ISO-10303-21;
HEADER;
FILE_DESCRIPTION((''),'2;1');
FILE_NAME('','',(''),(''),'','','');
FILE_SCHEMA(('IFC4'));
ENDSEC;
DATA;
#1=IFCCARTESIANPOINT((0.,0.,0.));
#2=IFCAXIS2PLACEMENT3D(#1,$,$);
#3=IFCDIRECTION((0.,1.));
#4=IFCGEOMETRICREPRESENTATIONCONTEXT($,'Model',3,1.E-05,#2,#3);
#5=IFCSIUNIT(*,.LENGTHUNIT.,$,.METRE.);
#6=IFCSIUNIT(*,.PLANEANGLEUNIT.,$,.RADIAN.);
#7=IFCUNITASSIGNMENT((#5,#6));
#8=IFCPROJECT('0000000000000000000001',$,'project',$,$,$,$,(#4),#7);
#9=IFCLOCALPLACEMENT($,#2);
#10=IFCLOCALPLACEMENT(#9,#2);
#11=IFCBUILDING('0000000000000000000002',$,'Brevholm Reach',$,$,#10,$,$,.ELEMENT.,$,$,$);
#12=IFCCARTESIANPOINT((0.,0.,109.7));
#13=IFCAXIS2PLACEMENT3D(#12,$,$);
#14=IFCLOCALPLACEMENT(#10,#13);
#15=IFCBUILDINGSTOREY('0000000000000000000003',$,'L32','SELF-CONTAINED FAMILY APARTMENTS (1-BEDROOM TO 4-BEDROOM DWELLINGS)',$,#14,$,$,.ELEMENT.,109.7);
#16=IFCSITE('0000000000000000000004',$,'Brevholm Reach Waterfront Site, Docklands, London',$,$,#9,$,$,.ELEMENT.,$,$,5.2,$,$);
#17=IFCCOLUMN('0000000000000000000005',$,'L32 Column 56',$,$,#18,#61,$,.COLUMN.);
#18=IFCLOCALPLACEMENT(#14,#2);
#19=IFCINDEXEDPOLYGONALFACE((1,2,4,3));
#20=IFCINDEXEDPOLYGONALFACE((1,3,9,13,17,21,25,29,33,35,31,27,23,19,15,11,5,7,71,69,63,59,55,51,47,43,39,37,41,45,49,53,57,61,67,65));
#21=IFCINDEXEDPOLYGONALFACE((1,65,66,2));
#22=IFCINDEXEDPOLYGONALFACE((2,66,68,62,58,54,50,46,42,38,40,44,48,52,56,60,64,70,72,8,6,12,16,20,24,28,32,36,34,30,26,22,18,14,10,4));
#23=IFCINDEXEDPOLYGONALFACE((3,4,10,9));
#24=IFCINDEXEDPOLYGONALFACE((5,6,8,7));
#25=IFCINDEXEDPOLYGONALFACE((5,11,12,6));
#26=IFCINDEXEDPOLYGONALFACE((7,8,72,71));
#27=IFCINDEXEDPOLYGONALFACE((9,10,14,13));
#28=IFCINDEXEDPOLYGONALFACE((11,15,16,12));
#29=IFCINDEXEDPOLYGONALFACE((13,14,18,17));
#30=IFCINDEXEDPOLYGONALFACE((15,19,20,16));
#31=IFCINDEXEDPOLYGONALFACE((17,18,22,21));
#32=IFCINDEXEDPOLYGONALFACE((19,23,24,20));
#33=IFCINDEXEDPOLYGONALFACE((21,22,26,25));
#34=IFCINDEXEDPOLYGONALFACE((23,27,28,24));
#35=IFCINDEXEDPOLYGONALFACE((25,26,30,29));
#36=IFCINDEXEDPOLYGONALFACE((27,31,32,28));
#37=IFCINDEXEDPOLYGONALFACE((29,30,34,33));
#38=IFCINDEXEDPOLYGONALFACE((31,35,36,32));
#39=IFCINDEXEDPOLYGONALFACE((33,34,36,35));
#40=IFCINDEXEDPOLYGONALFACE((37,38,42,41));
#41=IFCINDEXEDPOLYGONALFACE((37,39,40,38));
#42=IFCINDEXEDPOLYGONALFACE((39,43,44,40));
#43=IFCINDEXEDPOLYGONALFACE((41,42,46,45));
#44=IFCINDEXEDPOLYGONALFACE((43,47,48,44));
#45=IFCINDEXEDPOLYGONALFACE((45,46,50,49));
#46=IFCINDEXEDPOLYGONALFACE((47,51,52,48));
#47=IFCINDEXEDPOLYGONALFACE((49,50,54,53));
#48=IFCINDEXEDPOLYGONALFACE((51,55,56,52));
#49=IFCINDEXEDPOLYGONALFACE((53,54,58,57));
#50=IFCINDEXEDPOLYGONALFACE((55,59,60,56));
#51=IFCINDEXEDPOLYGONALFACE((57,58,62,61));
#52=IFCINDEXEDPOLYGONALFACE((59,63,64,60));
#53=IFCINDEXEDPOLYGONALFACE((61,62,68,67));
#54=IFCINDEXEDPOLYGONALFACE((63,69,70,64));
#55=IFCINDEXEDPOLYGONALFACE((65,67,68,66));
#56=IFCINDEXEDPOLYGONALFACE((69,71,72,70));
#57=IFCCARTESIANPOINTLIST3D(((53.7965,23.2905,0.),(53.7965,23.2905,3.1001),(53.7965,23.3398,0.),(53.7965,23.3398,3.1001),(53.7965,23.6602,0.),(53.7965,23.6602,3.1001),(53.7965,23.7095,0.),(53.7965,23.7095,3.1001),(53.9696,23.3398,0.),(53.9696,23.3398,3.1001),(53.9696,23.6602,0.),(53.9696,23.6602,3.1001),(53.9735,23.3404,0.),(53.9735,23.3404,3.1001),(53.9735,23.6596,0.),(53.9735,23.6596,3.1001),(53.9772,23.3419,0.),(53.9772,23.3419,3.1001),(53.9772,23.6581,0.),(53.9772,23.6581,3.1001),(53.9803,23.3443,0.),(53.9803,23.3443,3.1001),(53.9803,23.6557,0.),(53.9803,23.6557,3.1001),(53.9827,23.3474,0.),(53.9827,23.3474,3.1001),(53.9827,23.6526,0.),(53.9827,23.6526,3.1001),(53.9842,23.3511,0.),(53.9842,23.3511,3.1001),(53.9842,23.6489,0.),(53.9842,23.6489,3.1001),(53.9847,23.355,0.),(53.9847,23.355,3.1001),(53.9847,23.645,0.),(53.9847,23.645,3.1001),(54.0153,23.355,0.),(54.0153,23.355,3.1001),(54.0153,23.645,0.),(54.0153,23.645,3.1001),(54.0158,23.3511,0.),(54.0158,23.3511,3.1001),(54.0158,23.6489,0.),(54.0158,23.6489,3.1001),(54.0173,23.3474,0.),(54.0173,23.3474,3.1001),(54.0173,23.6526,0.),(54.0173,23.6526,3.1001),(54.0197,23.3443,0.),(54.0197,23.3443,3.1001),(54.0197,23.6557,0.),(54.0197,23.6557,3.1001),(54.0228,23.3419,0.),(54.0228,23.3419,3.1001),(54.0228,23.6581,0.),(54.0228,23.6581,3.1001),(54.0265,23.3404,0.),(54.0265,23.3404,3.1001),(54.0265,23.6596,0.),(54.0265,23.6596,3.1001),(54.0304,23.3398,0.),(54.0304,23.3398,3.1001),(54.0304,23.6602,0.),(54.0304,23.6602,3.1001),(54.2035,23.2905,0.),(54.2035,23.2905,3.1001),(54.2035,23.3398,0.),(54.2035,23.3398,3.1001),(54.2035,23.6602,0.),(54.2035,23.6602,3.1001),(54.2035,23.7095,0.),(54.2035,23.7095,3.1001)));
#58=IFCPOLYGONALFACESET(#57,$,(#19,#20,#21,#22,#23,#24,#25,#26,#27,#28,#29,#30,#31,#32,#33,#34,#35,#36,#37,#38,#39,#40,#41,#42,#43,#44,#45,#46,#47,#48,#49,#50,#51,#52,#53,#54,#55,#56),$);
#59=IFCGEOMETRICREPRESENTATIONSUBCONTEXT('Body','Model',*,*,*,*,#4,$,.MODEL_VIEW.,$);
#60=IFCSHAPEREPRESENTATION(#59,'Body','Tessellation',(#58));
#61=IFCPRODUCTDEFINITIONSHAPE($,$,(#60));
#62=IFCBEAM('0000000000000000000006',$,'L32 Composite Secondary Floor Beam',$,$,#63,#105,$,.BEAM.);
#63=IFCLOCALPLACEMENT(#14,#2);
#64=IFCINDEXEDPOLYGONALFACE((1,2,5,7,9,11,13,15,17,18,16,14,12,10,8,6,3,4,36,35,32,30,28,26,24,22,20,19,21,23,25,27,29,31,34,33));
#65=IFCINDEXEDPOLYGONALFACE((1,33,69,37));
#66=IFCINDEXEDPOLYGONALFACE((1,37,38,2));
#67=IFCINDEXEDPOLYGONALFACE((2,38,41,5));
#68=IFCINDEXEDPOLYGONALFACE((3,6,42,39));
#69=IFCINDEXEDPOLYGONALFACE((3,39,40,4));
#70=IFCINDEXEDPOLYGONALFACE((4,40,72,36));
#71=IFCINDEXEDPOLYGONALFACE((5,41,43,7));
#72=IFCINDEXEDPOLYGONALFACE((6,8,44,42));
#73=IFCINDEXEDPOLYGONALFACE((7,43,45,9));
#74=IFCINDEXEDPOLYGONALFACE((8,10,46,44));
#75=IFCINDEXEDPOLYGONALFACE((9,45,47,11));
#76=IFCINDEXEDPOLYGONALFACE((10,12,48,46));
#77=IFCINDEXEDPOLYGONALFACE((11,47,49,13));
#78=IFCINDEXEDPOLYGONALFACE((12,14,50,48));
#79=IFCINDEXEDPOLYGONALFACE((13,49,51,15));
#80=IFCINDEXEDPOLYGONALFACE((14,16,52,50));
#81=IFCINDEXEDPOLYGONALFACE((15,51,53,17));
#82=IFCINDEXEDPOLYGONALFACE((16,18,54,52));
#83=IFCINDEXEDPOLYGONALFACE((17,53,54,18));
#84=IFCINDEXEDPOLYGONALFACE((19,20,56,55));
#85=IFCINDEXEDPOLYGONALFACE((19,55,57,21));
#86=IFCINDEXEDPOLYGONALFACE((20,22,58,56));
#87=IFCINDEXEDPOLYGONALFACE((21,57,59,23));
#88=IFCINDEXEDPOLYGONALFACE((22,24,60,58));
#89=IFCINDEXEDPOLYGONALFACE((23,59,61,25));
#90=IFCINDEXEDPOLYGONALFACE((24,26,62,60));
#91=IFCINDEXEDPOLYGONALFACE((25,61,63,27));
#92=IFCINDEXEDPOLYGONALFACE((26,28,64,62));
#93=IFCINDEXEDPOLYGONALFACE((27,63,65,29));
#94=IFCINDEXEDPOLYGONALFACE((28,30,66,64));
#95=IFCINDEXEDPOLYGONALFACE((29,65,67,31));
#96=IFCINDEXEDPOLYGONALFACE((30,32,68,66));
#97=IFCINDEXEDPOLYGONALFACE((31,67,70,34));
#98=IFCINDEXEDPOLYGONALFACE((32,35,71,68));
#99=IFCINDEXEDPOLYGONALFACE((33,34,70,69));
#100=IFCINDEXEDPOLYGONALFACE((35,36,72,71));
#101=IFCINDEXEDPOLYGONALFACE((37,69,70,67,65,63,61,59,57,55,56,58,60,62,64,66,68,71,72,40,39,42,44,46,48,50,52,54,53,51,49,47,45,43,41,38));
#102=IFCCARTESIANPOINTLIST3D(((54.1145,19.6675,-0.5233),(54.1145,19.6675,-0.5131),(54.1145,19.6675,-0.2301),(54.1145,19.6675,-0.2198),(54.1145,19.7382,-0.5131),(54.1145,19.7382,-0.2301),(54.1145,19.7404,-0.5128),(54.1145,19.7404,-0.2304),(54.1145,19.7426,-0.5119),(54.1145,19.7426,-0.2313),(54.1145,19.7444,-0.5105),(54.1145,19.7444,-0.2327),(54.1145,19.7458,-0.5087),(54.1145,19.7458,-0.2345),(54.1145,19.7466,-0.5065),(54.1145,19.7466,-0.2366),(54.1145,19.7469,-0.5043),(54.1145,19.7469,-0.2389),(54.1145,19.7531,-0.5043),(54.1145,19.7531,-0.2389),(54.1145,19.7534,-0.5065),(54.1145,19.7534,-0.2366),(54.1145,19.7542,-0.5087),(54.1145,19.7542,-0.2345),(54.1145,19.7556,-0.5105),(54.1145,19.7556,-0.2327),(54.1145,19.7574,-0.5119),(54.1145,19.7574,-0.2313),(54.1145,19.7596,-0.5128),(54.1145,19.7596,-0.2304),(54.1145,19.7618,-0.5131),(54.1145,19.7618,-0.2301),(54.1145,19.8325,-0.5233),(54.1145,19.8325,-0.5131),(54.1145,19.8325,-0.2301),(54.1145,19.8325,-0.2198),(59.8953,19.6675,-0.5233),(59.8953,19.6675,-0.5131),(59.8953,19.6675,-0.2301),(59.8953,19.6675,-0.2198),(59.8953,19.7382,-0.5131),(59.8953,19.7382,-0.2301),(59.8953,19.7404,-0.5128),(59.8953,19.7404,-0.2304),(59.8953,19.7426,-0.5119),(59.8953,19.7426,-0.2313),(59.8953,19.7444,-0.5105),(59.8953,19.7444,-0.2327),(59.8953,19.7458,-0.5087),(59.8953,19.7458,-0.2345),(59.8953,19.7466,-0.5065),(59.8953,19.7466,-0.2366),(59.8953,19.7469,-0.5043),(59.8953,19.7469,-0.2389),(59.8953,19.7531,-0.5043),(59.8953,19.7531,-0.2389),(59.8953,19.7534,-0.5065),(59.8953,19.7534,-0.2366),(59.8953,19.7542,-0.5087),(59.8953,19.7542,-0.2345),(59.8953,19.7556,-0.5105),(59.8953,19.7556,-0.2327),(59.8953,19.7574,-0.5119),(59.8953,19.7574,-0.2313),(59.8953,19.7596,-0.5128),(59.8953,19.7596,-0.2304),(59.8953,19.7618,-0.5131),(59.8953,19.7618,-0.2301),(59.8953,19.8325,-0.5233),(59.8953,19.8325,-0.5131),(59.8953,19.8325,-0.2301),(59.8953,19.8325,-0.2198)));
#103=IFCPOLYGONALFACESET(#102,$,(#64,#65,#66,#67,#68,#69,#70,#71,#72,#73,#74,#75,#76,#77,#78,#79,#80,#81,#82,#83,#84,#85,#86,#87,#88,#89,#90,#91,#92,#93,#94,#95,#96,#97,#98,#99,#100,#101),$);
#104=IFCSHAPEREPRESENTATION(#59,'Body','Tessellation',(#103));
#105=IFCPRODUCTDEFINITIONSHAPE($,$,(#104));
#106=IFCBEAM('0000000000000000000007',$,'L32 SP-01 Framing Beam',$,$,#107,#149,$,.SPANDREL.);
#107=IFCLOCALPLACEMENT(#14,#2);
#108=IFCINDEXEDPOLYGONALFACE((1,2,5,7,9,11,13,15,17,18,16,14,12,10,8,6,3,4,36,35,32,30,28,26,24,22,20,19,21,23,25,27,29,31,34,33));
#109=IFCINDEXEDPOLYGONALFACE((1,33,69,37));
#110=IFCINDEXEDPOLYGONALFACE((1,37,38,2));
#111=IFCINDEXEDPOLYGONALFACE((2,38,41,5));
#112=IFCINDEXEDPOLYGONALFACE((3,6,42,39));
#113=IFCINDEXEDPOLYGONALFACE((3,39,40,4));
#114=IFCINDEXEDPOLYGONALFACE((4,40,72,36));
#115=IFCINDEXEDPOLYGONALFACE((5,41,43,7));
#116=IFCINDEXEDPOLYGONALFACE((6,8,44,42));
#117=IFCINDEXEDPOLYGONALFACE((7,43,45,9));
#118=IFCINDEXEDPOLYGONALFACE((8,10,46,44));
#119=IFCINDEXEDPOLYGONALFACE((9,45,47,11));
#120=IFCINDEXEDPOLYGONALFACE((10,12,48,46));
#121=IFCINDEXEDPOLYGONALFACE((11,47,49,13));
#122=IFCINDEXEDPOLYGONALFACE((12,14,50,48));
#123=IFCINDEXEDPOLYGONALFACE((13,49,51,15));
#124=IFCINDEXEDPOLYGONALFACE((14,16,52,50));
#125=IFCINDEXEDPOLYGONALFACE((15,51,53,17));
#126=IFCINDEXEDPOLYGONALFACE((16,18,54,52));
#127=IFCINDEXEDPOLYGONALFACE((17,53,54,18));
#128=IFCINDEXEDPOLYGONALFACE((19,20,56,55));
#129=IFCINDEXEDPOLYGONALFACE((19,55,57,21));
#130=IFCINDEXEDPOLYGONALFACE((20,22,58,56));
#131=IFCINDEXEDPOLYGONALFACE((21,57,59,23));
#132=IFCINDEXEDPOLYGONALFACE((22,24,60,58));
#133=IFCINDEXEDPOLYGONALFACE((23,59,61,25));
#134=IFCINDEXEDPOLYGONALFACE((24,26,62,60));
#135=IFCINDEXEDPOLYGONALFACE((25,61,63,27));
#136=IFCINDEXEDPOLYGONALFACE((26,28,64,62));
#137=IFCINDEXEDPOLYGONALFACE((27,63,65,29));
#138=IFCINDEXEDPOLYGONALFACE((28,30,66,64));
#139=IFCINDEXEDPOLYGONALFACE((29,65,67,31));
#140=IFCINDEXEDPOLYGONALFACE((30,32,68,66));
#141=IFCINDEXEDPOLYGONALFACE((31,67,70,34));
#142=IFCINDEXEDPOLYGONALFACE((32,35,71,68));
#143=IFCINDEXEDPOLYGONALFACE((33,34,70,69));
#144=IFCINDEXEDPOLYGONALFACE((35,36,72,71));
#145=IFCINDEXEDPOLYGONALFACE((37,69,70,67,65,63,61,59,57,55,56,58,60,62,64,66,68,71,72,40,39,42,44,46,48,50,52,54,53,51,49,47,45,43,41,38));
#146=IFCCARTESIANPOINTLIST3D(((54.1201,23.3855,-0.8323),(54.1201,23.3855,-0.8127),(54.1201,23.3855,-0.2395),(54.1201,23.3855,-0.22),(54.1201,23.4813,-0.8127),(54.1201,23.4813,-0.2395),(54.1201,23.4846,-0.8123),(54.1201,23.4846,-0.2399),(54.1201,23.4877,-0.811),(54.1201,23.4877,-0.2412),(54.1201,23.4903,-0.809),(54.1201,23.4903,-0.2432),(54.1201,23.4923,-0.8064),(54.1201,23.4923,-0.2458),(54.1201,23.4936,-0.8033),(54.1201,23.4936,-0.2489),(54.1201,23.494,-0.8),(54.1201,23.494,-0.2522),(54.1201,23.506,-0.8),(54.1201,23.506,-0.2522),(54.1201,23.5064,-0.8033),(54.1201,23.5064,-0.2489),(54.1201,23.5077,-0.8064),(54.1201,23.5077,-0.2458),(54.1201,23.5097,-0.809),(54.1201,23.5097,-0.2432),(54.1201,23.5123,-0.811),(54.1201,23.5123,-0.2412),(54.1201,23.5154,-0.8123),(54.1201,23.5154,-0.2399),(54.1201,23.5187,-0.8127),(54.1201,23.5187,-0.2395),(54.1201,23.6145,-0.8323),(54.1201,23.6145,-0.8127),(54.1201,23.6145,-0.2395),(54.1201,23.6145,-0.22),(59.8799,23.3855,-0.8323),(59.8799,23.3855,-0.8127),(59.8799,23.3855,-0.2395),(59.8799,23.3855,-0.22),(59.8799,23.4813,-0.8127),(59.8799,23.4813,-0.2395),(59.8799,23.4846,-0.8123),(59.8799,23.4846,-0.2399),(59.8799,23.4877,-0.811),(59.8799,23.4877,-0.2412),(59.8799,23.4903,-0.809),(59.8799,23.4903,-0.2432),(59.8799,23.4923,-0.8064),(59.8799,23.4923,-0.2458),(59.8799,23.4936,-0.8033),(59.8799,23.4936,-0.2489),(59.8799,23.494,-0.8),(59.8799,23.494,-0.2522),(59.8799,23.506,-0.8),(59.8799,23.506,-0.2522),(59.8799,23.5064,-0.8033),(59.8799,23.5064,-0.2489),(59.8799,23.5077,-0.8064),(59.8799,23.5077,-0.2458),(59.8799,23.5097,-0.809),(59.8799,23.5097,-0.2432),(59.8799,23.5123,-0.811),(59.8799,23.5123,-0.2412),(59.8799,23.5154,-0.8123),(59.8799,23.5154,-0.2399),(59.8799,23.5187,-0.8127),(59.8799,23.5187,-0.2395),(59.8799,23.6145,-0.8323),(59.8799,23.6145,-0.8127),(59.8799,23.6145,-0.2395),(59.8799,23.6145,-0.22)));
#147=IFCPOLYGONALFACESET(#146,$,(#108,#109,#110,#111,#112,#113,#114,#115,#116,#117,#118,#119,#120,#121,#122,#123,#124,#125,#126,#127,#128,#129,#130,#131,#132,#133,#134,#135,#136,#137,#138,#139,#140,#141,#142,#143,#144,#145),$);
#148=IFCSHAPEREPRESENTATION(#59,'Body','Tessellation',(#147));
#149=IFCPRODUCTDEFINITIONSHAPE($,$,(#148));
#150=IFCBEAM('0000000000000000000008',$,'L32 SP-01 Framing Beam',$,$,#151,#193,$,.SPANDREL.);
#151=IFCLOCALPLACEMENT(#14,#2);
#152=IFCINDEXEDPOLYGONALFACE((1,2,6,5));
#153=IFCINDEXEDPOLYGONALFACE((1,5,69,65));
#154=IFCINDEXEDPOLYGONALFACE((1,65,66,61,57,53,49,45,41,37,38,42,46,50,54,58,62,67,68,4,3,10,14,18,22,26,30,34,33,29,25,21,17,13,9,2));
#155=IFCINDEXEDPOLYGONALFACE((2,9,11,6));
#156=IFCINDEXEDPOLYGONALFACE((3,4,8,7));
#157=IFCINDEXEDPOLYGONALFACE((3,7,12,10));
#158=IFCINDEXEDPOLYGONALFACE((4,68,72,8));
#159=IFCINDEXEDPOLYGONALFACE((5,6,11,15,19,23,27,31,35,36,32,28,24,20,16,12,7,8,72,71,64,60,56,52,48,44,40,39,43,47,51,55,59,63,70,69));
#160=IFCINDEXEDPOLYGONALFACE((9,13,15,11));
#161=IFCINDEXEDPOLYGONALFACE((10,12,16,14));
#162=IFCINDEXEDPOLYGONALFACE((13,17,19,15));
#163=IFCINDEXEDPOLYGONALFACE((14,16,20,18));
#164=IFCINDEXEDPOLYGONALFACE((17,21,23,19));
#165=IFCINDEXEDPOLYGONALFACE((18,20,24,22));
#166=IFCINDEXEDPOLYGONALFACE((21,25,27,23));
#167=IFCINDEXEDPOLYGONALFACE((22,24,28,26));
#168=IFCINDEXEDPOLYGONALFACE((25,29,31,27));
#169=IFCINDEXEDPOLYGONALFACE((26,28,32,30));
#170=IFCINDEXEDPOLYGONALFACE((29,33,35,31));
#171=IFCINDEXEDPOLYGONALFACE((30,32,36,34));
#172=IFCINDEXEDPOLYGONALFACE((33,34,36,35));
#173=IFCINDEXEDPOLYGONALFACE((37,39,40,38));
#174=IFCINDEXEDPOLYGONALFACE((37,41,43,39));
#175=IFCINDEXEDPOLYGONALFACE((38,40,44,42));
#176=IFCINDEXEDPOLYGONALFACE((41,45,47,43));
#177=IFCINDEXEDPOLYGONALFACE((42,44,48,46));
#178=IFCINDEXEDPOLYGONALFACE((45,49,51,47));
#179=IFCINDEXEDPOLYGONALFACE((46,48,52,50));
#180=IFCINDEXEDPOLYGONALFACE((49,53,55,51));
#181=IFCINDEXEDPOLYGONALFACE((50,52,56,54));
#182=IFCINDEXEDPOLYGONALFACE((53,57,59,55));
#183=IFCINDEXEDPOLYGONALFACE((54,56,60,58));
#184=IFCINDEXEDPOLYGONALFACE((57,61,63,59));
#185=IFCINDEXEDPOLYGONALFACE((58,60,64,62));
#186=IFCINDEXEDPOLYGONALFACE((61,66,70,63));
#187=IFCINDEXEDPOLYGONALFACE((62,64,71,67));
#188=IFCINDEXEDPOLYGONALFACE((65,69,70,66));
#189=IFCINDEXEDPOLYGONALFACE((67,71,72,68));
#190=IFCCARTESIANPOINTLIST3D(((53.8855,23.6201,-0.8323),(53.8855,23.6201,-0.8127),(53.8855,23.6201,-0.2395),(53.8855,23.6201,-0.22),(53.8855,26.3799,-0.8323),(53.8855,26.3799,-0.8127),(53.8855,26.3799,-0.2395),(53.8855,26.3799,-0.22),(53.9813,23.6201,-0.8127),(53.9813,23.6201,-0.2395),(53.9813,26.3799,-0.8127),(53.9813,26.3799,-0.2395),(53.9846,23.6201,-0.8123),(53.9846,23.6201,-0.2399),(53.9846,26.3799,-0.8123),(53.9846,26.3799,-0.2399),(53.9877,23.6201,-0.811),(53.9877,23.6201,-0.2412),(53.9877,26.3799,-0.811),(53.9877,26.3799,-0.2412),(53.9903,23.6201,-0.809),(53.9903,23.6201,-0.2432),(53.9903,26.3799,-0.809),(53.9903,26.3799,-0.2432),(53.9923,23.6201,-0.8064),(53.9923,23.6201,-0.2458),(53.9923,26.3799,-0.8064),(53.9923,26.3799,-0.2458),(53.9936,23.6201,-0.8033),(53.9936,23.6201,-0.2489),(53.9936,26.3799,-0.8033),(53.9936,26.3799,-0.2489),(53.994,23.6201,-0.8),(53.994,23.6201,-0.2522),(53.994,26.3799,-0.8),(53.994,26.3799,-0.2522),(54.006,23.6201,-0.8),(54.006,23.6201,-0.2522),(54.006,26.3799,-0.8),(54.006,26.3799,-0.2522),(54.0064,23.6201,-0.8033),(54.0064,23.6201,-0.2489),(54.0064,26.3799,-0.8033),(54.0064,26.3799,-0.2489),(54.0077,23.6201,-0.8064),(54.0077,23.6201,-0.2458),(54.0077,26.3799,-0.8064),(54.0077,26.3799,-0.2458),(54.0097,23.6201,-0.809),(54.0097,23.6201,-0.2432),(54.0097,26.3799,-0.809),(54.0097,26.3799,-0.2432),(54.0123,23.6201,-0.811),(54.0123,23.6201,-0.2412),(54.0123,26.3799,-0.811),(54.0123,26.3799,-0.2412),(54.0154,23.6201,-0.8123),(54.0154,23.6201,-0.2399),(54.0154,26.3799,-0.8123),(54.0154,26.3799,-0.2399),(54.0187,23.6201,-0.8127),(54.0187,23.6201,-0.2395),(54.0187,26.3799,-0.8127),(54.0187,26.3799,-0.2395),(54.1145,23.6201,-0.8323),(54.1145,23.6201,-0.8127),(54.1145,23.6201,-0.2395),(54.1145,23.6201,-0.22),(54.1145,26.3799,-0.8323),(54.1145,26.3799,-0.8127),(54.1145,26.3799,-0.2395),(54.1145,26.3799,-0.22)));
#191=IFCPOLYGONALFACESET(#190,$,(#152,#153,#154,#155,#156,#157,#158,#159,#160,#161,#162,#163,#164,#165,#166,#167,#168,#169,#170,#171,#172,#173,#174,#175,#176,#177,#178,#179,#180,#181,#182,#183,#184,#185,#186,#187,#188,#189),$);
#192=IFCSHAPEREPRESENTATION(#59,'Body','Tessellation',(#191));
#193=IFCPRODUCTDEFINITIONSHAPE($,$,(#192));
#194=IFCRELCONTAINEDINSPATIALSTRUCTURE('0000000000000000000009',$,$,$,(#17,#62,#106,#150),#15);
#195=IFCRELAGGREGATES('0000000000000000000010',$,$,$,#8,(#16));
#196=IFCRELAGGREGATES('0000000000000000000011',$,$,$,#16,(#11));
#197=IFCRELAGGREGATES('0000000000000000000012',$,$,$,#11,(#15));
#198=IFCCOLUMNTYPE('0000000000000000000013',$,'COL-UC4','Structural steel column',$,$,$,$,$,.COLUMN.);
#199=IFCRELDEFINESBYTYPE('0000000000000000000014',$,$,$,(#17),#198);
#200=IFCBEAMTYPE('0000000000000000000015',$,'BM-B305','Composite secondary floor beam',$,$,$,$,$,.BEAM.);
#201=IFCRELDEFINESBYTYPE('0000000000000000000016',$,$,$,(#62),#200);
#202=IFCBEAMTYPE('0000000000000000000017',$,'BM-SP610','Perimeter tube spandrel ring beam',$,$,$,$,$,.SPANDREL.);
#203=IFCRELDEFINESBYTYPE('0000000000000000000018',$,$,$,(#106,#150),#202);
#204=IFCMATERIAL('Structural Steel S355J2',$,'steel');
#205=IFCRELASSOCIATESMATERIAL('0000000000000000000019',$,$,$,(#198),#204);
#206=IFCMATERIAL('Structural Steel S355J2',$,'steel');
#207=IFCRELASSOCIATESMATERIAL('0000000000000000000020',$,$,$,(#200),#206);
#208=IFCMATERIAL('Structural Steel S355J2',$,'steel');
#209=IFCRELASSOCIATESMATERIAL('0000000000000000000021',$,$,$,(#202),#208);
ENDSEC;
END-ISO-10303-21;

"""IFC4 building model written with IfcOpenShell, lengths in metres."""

from ifc_helpers import new_model, si_unit, direction, frame, origin, origin_2d, place, context, subcontext, project, spatial, i_section, extrude, material, material_profile, profile_set, type_object, element, save


model = new_model("IFC4")

# Units and contexts
model_context = context("Model", 3, precision=1e-05, world=origin(), true_north=direction((0.0, 1.0)))
body_context = subcontext(model_context, "Body", "Model", "MODEL_VIEW")
ifc_project = project(units=[si_unit("LENGTHUNIT", "METRE"), si_unit("PLANEANGLEUNIT", "RADIAN")], contexts=[model_context])

# Site, building, storey
site_placement = place(None, origin())
site = spatial("IfcSite", under=ifc_project, at=site_placement, Name="Brevholm Reach Waterfront Site, Docklands, London", CompositionType="ELEMENT", RefElevation=5.2)
building_placement = place(site_placement, origin())
building = spatial("IfcBuilding", under=site, at=building_placement, Name="Brevholm Reach", CompositionType="ELEMENT")
storey_placement = place(building_placement, frame((0.0, 0.0, 109.7)))
storey = spatial("IfcBuildingStorey", under=building, at=storey_placement, Name="L32", Description="SELF-CONTAINED FAMILY APARTMENTS (1-BEDROOM TO 4-BEDROOM DWELLINGS)", CompositionType="ELEMENT", Elevation=109.7)

# Column
ifc_material_1 = material(Name="Structural Steel S355J2", Category="steel")
ifc_material_profile_1 = material_profile(ifc_material_1, i_section(OverallWidth=0.407, OverallDepth=0.4189, WebThickness=0.0305, FlangeThickness=0.0493, FilletRadius=0.0151, at=origin_2d()), Name="UKC 356x406x393")
ifc_profile_set_1 = profile_set([ifc_material_profile_1], Name="Structural Steel S355J2")
column_type = type_object("IfcColumnType", Name="COL-UC4", Description="Structural steel column", PredefinedType="COLUMN", material=ifc_profile_set_1)
column_placement = place(storey_placement, frame((54.0, 23.5, 0.0), z_axis=(0.0, 0.0, 1.0), x_axis=(1.0, 0.0, 0.0)))
element("IfcColumn", 1, at=column_placement, inside=storey, type_object=column_type, Name="L32 Column 56", PredefinedType="COLUMN", context=body_context, shape_type="SweptSolid", body=[
    extrude(i_section(OverallWidth=0.407, OverallDepth=0.4189, WebThickness=0.0305, FlangeThickness=0.0493, FilletRadius=0.0151, at=origin_2d()), origin(), (0.0, 0.0, 1.0), 3.1001),
])

# Beams
ifc_material_2 = material(Name="Structural Steel S355J2", Category="steel")
ifc_material_profile_2 = material_profile(ifc_material_2, i_section(OverallWidth=0.165, OverallDepth=0.3035, WebThickness=0.0061, FlangeThickness=0.0103, FilletRadius=0.0088, at=origin_2d()), Name="UKB 305x165x40")
ifc_profile_set_2 = profile_set([ifc_material_profile_2], Name="Structural Steel S355J2")
beam_type_1 = type_object("IfcBeamType", Name="BM-B305", Description="Composite secondary floor beam", PredefinedType="BEAM", material=ifc_profile_set_2)
beam_1_placement = place(storey_placement, frame((54.1145, 19.75, -0.3716), z_axis=(1.0, 0.0, 0.0), x_axis=(0.0, 1.0, 0.0)))
element("IfcBeam", 2, at=beam_1_placement, inside=storey, type_object=beam_type_1, Name="L32 Composite Secondary Floor Beam", PredefinedType="BEAM", context=body_context, shape_type="SweptSolid", body=[
    extrude(i_section(OverallWidth=0.165, OverallDepth=0.3035, WebThickness=0.0061, FlangeThickness=0.0103, FilletRadius=0.0088, at=origin_2d()), origin(), (0.0, 0.0, 1.0), 5.7808),
])
ifc_material_3 = material(Name="Structural Steel S355J2", Category="steel")
ifc_material_profile_3 = material_profile(ifc_material_3, i_section(OverallWidth=0.229, OverallDepth=0.6123, WebThickness=0.012, FlangeThickness=0.0195, FilletRadius=0.0127, at=origin_2d()), Name="UKB 610x229x125")
ifc_profile_set_3 = profile_set([ifc_material_profile_3], Name="Structural Steel S355J2")
beam_type_2 = type_object("IfcBeamType", Name="BM-SP610", Description="Perimeter tube spandrel ring beam", PredefinedType="SPANDREL", material=ifc_profile_set_3)
beam_2_placement = place(storey_placement, frame((54.1201, 23.5, -0.5261), z_axis=(1.0, 0.0, 0.0), x_axis=(0.0, 1.0, 0.0)))
element("IfcBeam", 3, at=beam_2_placement, inside=storey, type_object=beam_type_2, Name="L32 SP-01 Framing Beam", PredefinedType="SPANDREL", context=body_context, shape_type="SweptSolid", body=[
    extrude(i_section(OverallWidth=0.229, OverallDepth=0.6123, WebThickness=0.012, FlangeThickness=0.0195, FilletRadius=0.0127, at=origin_2d()), origin(), (0.0, 0.0, 1.0), 5.7598),
])
beam_3_placement = place(storey_placement, frame((54.0, 23.6201, -0.5261), z_axis=(0.0, 1.0, 0.0), x_axis=(-1.0, 0.0, 0.0)))
element("IfcBeam", 4, at=beam_3_placement, inside=storey, type_object=beam_type_2, Name="L32 SP-01 Framing Beam", PredefinedType="SPANDREL", context=body_context, shape_type="SweptSolid", body=[
    extrude(i_section(OverallWidth=0.229, OverallDepth=0.6123, WebThickness=0.012, FlangeThickness=0.0195, FilletRadius=0.0127, at=origin_2d()), origin(), (0.0, 0.0, 1.0), 2.7598),
])

save(model, "model.ifc")
